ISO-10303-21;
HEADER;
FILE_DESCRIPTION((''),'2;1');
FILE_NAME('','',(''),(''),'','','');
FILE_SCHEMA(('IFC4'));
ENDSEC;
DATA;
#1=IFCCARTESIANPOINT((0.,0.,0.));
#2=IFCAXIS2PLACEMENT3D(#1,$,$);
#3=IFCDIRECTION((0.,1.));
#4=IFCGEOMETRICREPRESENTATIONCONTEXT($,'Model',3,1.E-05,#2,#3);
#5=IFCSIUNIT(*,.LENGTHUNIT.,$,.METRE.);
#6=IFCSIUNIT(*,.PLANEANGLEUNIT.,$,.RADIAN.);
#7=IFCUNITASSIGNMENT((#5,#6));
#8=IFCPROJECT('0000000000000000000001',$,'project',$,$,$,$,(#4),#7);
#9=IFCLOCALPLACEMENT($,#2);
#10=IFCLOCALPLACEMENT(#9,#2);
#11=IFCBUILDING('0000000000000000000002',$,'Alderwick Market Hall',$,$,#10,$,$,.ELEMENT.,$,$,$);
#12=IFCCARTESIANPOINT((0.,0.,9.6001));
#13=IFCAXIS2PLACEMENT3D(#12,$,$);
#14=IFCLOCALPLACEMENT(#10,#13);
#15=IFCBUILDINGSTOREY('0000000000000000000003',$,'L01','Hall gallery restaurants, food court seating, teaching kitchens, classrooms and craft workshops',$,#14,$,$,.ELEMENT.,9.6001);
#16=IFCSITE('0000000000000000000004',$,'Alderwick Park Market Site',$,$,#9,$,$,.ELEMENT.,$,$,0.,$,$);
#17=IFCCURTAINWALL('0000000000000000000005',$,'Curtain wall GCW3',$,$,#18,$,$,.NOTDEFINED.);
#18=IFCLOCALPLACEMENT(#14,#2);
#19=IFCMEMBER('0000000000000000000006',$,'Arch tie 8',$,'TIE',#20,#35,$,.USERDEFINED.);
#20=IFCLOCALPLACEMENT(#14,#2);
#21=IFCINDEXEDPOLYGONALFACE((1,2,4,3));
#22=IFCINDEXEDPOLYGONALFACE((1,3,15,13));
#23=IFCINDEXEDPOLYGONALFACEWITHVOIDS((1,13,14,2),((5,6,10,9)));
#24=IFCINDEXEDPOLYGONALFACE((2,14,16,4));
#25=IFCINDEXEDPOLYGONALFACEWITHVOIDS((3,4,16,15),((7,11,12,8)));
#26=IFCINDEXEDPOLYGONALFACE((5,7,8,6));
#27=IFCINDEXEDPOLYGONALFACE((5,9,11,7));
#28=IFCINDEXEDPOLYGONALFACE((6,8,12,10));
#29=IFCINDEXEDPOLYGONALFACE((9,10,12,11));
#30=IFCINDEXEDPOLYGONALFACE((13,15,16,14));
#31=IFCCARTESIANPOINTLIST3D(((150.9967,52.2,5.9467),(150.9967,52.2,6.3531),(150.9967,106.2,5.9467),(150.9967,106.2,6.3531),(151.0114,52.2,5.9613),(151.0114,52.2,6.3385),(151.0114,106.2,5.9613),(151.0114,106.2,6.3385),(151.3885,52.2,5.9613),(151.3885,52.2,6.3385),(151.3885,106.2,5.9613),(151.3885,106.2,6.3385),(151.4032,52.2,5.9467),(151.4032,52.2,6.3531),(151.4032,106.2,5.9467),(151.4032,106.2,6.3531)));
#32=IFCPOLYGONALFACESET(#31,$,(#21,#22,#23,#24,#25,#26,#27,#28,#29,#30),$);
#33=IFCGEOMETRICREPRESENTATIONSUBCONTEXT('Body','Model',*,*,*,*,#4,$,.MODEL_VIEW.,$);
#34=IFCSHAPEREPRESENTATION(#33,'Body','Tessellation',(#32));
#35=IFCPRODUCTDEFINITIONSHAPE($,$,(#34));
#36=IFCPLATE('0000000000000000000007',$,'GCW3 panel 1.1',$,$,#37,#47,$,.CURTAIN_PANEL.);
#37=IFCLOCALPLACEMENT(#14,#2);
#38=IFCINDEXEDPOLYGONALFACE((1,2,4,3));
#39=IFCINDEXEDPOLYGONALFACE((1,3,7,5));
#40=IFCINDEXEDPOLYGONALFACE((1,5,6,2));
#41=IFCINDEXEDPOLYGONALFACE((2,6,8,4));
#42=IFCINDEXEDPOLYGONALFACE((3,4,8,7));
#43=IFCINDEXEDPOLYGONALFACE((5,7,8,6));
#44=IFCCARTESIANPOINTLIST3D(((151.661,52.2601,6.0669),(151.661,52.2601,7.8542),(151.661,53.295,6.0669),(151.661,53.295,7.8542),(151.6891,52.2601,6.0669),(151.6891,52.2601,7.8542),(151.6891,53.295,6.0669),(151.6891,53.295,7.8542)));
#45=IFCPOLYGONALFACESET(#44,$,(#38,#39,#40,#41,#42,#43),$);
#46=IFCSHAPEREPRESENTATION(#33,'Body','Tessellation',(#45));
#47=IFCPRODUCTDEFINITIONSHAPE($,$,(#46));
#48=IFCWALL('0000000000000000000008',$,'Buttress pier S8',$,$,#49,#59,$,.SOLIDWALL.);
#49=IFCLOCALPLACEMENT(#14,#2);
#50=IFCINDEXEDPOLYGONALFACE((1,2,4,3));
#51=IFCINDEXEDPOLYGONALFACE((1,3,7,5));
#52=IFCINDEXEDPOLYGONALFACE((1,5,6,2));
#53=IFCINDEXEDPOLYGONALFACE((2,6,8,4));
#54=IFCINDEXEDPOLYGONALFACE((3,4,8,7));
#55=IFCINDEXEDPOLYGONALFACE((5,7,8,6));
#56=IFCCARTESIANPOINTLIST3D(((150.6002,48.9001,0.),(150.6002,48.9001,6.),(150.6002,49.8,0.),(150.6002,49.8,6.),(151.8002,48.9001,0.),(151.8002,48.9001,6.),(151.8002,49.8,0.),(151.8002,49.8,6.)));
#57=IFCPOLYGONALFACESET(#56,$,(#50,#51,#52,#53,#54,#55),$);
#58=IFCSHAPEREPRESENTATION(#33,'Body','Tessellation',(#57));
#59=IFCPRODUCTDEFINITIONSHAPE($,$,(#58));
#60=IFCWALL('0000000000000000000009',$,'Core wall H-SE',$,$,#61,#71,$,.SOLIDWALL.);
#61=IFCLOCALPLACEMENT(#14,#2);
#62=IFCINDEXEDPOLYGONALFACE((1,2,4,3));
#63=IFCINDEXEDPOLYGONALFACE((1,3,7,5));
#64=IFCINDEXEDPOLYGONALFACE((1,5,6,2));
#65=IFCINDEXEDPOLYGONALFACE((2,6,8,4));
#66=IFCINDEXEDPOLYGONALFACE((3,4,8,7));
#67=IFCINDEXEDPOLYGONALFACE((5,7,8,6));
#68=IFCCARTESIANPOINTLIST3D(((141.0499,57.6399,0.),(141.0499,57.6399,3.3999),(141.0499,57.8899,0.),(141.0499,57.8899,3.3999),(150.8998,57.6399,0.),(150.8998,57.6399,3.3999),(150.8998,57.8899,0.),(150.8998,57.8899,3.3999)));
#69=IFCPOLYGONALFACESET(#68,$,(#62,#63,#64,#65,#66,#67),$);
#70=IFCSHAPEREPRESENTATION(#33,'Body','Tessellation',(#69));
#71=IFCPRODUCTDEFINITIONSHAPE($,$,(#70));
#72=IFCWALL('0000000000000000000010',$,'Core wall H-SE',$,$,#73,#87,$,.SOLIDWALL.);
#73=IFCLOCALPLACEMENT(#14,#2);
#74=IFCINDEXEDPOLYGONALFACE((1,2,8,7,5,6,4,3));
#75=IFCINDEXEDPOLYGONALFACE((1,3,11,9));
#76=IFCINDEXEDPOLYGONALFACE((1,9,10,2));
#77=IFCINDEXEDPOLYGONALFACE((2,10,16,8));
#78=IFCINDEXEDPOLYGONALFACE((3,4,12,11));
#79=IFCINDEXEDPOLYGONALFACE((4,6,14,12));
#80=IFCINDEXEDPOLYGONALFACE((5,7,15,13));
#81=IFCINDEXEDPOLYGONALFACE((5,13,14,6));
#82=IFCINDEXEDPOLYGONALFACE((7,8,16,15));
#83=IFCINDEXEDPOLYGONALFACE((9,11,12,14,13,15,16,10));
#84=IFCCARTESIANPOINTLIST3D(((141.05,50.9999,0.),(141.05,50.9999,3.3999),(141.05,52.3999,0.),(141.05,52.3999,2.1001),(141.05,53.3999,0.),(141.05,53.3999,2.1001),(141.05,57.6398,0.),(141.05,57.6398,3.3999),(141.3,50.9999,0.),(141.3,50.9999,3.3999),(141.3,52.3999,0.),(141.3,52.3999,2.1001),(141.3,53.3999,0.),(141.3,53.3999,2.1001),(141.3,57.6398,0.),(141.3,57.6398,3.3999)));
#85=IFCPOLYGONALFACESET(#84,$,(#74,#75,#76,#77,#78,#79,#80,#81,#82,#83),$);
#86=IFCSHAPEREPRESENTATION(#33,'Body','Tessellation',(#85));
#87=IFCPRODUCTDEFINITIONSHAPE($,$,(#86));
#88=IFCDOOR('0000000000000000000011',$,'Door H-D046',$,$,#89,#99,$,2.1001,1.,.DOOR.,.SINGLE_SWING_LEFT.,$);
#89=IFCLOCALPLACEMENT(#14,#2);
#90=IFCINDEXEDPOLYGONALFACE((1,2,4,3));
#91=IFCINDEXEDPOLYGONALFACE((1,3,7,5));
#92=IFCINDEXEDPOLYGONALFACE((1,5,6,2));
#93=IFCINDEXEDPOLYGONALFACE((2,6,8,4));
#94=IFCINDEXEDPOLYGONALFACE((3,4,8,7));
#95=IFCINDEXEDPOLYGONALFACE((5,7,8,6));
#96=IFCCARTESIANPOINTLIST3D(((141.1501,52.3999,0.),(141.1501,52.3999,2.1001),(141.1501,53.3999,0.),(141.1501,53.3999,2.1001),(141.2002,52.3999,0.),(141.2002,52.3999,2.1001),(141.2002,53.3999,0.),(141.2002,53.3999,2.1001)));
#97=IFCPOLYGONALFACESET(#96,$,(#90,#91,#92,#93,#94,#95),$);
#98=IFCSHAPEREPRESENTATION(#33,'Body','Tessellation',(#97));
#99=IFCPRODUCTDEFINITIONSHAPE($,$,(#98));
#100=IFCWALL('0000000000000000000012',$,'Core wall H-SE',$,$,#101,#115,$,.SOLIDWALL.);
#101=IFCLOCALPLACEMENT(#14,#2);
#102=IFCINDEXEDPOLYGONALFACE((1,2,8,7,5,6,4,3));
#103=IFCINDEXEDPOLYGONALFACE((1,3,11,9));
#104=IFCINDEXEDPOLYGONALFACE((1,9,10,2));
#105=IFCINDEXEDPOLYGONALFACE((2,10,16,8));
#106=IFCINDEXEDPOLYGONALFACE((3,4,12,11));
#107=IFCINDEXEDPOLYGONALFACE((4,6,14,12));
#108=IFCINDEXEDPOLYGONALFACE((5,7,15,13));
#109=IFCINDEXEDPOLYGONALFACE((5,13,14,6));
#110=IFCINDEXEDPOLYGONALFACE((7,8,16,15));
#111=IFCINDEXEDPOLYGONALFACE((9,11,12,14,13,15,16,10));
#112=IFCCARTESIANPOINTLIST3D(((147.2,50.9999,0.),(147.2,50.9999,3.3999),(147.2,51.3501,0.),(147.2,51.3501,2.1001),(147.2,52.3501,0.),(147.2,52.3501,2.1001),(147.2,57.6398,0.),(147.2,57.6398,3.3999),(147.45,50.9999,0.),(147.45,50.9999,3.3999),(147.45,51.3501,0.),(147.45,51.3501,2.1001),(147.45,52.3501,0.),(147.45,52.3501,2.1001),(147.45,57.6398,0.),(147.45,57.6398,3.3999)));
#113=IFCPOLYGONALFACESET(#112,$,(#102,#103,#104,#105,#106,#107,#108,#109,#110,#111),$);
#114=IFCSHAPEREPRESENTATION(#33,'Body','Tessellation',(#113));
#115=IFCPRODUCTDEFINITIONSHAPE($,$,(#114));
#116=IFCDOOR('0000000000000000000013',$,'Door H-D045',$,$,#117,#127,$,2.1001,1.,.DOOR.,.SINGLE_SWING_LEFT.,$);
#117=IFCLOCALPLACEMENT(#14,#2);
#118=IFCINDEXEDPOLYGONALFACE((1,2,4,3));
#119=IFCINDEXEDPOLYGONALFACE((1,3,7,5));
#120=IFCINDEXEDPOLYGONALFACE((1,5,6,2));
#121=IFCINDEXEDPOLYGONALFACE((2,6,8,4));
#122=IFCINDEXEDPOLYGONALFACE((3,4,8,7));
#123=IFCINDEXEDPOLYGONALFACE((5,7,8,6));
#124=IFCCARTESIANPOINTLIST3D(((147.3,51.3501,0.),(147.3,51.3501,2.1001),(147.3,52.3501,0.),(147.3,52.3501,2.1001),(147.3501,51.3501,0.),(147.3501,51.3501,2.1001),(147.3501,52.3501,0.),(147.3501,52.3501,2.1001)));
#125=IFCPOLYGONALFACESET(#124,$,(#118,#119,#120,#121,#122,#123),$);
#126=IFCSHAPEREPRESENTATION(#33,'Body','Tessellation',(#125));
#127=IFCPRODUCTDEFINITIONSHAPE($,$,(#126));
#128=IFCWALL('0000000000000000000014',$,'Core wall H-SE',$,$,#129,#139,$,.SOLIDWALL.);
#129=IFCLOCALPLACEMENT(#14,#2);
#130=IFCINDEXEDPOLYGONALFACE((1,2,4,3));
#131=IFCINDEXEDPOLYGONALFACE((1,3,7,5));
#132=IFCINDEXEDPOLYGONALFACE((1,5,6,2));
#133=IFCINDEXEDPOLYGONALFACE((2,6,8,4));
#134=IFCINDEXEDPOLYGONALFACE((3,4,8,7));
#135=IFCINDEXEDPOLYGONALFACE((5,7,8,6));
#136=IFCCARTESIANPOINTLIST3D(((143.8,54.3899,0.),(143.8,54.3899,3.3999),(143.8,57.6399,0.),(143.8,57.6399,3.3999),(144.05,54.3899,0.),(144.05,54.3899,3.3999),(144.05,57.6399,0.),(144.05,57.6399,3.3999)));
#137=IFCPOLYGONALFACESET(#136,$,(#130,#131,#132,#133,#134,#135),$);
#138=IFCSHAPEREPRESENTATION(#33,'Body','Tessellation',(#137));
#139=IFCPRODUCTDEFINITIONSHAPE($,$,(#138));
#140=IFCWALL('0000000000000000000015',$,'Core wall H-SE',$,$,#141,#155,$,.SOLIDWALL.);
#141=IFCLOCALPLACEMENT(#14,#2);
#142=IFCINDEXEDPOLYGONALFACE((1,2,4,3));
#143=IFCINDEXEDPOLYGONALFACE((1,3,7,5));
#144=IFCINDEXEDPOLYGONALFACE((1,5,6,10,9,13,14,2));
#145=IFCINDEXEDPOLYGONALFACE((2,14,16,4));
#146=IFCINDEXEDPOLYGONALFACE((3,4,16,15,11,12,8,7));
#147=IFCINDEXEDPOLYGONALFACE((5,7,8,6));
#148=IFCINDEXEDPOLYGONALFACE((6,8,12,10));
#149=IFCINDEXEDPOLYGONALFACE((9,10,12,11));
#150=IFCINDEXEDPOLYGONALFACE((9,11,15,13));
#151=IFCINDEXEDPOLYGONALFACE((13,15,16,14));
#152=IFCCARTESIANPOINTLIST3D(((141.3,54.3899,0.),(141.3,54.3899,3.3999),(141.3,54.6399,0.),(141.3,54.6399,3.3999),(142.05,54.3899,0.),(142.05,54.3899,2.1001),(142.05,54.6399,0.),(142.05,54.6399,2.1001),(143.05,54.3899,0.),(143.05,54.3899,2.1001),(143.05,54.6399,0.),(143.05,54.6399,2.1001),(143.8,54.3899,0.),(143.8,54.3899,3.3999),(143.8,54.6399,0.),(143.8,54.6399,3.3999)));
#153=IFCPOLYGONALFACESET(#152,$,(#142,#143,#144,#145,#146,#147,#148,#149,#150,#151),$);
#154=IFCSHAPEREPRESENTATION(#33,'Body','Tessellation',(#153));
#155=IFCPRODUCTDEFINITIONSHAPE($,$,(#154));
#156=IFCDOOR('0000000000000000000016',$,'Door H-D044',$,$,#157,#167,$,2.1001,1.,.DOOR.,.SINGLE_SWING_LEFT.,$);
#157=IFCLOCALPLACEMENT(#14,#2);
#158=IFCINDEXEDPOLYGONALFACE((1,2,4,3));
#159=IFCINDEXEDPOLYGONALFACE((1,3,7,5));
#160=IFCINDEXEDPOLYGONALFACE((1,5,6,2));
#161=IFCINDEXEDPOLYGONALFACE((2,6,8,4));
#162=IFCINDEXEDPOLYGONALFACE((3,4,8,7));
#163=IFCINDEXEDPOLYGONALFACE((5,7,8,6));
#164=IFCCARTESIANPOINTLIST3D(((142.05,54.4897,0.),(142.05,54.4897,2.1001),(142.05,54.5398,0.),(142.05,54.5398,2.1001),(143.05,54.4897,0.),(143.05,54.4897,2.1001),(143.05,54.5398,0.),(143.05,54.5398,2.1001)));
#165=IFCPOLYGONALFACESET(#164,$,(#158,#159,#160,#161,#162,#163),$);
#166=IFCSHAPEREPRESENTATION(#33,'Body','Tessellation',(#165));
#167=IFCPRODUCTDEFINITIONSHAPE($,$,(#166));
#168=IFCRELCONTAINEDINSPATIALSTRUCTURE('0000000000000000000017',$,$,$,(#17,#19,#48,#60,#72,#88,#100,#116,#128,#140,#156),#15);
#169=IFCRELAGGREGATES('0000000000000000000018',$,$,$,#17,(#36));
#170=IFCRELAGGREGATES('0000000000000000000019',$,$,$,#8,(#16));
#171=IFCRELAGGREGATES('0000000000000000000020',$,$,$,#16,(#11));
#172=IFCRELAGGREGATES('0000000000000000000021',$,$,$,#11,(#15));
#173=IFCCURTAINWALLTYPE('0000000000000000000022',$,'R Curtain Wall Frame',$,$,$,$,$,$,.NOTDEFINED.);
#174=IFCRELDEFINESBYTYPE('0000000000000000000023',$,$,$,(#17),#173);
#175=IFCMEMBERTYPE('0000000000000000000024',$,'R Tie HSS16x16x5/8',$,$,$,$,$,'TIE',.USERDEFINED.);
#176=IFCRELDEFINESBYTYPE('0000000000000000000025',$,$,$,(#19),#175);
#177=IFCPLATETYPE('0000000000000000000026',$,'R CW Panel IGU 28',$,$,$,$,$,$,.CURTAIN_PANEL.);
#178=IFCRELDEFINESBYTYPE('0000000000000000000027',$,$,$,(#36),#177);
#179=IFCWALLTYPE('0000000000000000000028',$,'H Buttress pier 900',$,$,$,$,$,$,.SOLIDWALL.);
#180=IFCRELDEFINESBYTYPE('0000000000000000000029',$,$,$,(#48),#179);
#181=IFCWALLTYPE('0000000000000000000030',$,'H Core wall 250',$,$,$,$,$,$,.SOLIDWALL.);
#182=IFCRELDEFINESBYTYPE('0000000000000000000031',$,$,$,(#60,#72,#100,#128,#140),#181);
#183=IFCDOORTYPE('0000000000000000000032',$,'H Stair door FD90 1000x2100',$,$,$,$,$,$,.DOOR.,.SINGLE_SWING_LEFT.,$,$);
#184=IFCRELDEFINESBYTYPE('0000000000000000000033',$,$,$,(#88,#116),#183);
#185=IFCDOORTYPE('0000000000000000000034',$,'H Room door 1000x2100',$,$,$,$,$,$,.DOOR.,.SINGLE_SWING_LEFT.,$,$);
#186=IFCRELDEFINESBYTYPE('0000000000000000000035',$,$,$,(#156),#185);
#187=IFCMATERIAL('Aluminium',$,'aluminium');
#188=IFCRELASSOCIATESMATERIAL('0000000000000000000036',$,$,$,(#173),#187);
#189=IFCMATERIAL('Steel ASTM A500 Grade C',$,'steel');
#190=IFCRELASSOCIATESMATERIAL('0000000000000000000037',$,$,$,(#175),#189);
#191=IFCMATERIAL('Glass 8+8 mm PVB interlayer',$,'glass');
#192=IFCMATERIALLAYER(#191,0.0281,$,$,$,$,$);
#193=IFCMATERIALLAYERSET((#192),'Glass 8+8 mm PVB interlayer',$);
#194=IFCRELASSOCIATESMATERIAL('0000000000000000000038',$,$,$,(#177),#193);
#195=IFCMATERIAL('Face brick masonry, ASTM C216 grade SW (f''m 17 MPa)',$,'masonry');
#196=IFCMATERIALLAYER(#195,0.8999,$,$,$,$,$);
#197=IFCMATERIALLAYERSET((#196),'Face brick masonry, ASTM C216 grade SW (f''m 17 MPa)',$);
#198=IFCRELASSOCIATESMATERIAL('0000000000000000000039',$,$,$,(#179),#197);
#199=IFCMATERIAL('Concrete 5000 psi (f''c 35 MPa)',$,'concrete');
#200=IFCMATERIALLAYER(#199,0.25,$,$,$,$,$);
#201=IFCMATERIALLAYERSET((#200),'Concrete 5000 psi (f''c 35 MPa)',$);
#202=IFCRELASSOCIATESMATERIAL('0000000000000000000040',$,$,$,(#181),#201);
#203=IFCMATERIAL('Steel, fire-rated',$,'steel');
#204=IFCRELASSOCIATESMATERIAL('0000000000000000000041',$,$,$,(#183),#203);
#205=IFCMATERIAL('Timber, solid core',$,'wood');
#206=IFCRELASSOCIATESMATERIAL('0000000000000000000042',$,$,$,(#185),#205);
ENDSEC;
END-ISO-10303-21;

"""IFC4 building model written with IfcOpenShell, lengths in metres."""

from ifc_helpers import new_model, si_unit, direction, frame, frame_2d, origin, origin_2d, place, context, subcontext, project, spatial, rectangle, hollow_rectangle, extrude, material, layer, layer_set, material_profile, profile_set, type_object, element, fill, aggregate, save


model = new_model("IFC4")

# Units and contexts
model_context = context("Model", 3, precision=1e-05, world=origin(), true_north=direction((0.0, 1.0)))
body_context = subcontext(model_context, "Body", "Model", "MODEL_VIEW")
ifc_project = project(units=[si_unit("LENGTHUNIT", "METRE"), si_unit("PLANEANGLEUNIT", "RADIAN")], contexts=[model_context])

# Site, building, storey
site_placement = place(None, origin())
site = spatial("IfcSite", under=ifc_project, at=site_placement, Name="Alderwick Park Market Site", CompositionType="ELEMENT", RefElevation=0.0)
building_placement = place(site_placement, origin())
building = spatial("IfcBuilding", under=site, at=building_placement, Name="Alderwick Market Hall", CompositionType="ELEMENT")
storey_placement = place(building_placement, frame((0.0, 0.0, 9.6001)))
storey = spatial("IfcBuildingStorey", under=building, at=storey_placement, Name="L01", Description="Hall gallery restaurants, food court seating, teaching kitchens, classrooms and craft workshops", CompositionType="ELEMENT", Elevation=9.6001)

# Shared definitions
ifc_material_1 = material(Name="Concrete 5000 psi (f'c 35 MPa)", Category="concrete")

# Curtain wall
ifc_material_2 = material(Name="Aluminium", Category="aluminium")
curtain_wall_type = type_object("IfcCurtainWallType", Name="R Curtain Wall Frame", PredefinedType="NOTDEFINED", material=ifc_material_2)
curtain_wall_placement = place(storey_placement, origin())
curtain_wall = element("IfcCurtainWall", 1, at=curtain_wall_placement, inside=storey, type_object=curtain_wall_type, Name="Curtain wall GCW3", PredefinedType="NOTDEFINED")

# Member
ifc_material_3 = material(Name="Steel ASTM A500 Grade C", Category="steel")
ifc_material_profile_1 = material_profile(ifc_material_3, hollow_rectangle(XDim=0.4065, YDim=0.4065, WallThickness=0.0146, at=origin_2d()), Name="HSS16x16x5/8")
ifc_profile_set_1 = profile_set([ifc_material_profile_1], Name="Steel ASTM A500 Grade C")
member_type_1 = type_object("IfcMemberType", Name="R Tie HSS16x16x5/8", ElementType="TIE", PredefinedType="USERDEFINED", material=ifc_profile_set_1)
member_1_placement = place(storey_placement, frame((151.2, 52.2, 6.1499), z_axis=(0.0, 1.0, 0.0), x_axis=(-1.0, 0.0, 0.0)))
element("IfcMember", 2, at=member_1_placement, inside=storey, type_object=member_type_1, Name="Arch tie 8", ObjectType="TIE", PredefinedType="USERDEFINED", context=body_context, shape_type="SweptSolid", body=[
    extrude(hollow_rectangle(XDim=0.4065, YDim=0.4065, WallThickness=0.0146, at=origin_2d()), origin(), (0.0, 0.0, 1.0), 54.0),
])

# Plate
ifc_material_4 = material(Name="Glass 8+8 mm PVB interlayer", Category="glass")
ifc_layer_1 = layer(ifc_material_4, 0.0281)
ifc_layer_set_1 = layer_set([ifc_layer_1], Name="Glass 8+8 mm PVB interlayer")
plate_type = type_object("IfcPlateType", Name="R CW Panel IGU 28", PredefinedType="CURTAIN_PANEL", material=ifc_layer_set_1)
plate_placement = place(storey_placement, frame((151.675, 52.7776, 6.0669), z_axis=(0.0, 0.0, 1.0), x_axis=(1.0, 0.0, 0.0)))
plate = element("IfcPlate", 3, at=plate_placement, type_object=plate_type, Name="GCW3 panel 1.1", PredefinedType="CURTAIN_PANEL", context=body_context, shape_type="SweptSolid", body=[
    extrude(rectangle(XDim=0.0281, YDim=1.0349, at=origin_2d()), origin(), (0.0, 0.0, 1.0), 1.7874),
])
aggregate(curtain_wall, [plate])

# Walls
ifc_material_5 = material(Name="Face brick masonry, ASTM C216 grade SW (f'm 17 MPa)", Category="masonry")
ifc_layer_2 = layer(ifc_material_5, 0.8999)
ifc_layer_set_2 = layer_set([ifc_layer_2], Name="Face brick masonry, ASTM C216 grade SW (f'm 17 MPa)")
wall_type_1 = type_object("IfcWallType", Name="H Buttress pier 900", PredefinedType="SOLIDWALL", material=ifc_layer_set_2)
wall_1_placement = place(storey_placement, frame((150.6001, 49.3501, 0.0), z_axis=(0.0, 0.0, 1.0), x_axis=(1.0, 0.0, 0.0)))
element("IfcWall", 4, at=wall_1_placement, inside=storey, type_object=wall_type_1, Name="Buttress pier S8", PredefinedType="SOLIDWALL", context=body_context, shape_type="SweptSolid", body=[
    extrude(rectangle(XDim=1.2, YDim=0.8999, at=frame_2d((0.6001, 0.0))), origin(), (0.0, 0.0, 1.0), 6.0),
])
ifc_layer_3 = layer(ifc_material_1, 0.25)
ifc_layer_set_3 = layer_set([ifc_layer_3], Name="Concrete 5000 psi (f'c 35 MPa)")
wall_type_2 = type_object("IfcWallType", Name="H Core wall 250", PredefinedType="SOLIDWALL", material=ifc_layer_set_3)
wall_2_placement = place(storey_placement, frame((141.05, 57.7649, 0.0), z_axis=(0.0, 0.0, 1.0), x_axis=(1.0, 0.0, 0.0)))
element("IfcWall", 5, at=wall_2_placement, inside=storey, type_object=wall_type_2, Name="Core wall H-SE", PredefinedType="SOLIDWALL", context=body_context, shape_type="SweptSolid", body=[
    extrude(rectangle(XDim=9.8499, YDim=0.25, at=frame_2d((4.9248, 0.0))), origin(), (0.0, 0.0, 1.0), 3.3999),
])

# Walls, openings, doors
wall_3_placement = place(storey_placement, frame((141.175, 51.0, 0.0), z_axis=(0.0, 0.0, 1.0), x_axis=(0.0, 1.0, 0.0)))
wall_3 = element("IfcWall", 6, at=wall_3_placement, inside=storey, type_object=wall_type_2, Name="Core wall H-SE", PredefinedType="SOLIDWALL", context=body_context, shape_type="SweptSolid", body=[
    extrude(rectangle(XDim=6.6399, YDim=0.25, at=frame_2d((3.3198, 0.0))), origin(), (0.0, 0.0, 1.0), 3.3999),
])
opening_1_placement = place(wall_3_placement, frame((1.3999, 0.0, 0.0)))
opening_1 = element("IfcOpeningElement", 7, at=opening_1_placement, cuts=wall_3, PredefinedType="OPENING", context=body_context, shape_type="SweptSolid", body=[
    extrude(rectangle(XDim=1.0, YDim=2.1001, at=frame_2d((0.5, 1.05))), frame((0.0, 0.135, 0.0), z_axis=(0.0, -1.0, 0.0), x_axis=(1.0, 0.0, 0.0)), (0.0, 0.0, 1.0), 0.27),
])
ifc_material_6 = material(Name="Steel, fire-rated", Category="steel")
door_type_1 = type_object("IfcDoorType", Name="H Stair door FD90 1000x2100", OperationType="SINGLE_SWING_LEFT", PredefinedType="DOOR", material=ifc_material_6)
door_1_placement = place(opening_1_placement, origin())
door_1 = element("IfcDoor", 8, at=door_1_placement, inside=storey, type_object=door_type_1, Name="Door H-D046", OperationType="SINGLE_SWING_LEFT", OverallHeight=2.1001, OverallWidth=1.0, PredefinedType="DOOR", context=body_context, shape_type="SweptSolid", body=[
    extrude(rectangle(XDim=1.0, YDim=2.1001, at=frame_2d((0.5, 1.05))), frame((0.0, 0.0249, 0.0), z_axis=(0.0, -1.0, 0.0), x_axis=(1.0, 0.0, 0.0)), (0.0, 0.0, 1.0), 0.05),
])
fill(opening_1, door_1)
wall_4_placement = place(storey_placement, frame((147.325, 51.0, 0.0), z_axis=(0.0, 0.0, 1.0), x_axis=(0.0, 1.0, 0.0)))
wall_4 = element("IfcWall", 9, at=wall_4_placement, inside=storey, type_object=wall_type_2, Name="Core wall H-SE", PredefinedType="SOLIDWALL", context=body_context, shape_type="SweptSolid", body=[
    extrude(rectangle(XDim=6.6399, YDim=0.25, at=frame_2d((3.3198, 0.0))), origin(), (0.0, 0.0, 1.0), 3.3999),
])
opening_2_placement = place(wall_4_placement, frame((0.3501, 0.0, 0.0)))
opening_2 = element("IfcOpeningElement", 10, at=opening_2_placement, cuts=wall_4, PredefinedType="OPENING", context=body_context, shape_type="SweptSolid", body=[
    extrude(rectangle(XDim=1.0, YDim=2.1001, at=frame_2d((0.5, 1.05))), frame((0.0, 0.135, 0.0), z_axis=(0.0, -1.0, 0.0), x_axis=(1.0, 0.0, 0.0)), (0.0, 0.0, 1.0), 0.27),
])
door_2_placement = place(opening_2_placement, origin())
door_2 = element("IfcDoor", 11, at=door_2_placement, inside=storey, type_object=door_type_1, Name="Door H-D045", OperationType="SINGLE_SWING_LEFT", OverallHeight=2.1001, OverallWidth=1.0, PredefinedType="DOOR", context=body_context, shape_type="SweptSolid", body=[
    extrude(rectangle(XDim=1.0, YDim=2.1001, at=frame_2d((0.5, 1.05))), frame((0.0, 0.0249, 0.0), z_axis=(0.0, -1.0, 0.0), x_axis=(1.0, 0.0, 0.0)), (0.0, 0.0, 1.0), 0.05),
])
fill(opening_2, door_2)

# Wall
wall_5_placement = place(storey_placement, frame((143.925, 54.3899, 0.0), z_axis=(0.0, 0.0, 1.0), x_axis=(0.0, 1.0, 0.0)))
element("IfcWall", 12, at=wall_5_placement, inside=storey, type_object=wall_type_2, Name="Core wall H-SE", PredefinedType="SOLIDWALL", context=body_context, shape_type="SweptSolid", body=[
    extrude(rectangle(XDim=3.25, YDim=0.25, at=frame_2d((1.625, 0.0))), origin(), (0.0, 0.0, 1.0), 3.3999),
])

# Wall, opening, door
wall_6_placement = place(storey_placement, frame((141.3, 54.5149, 0.0), z_axis=(0.0, 0.0, 1.0), x_axis=(1.0, 0.0, 0.0)))
wall_6 = element("IfcWall", 13, at=wall_6_placement, inside=storey, type_object=wall_type_2, Name="Core wall H-SE", PredefinedType="SOLIDWALL", context=body_context, shape_type="SweptSolid", body=[
    extrude(rectangle(XDim=2.5, YDim=0.25, at=frame_2d((1.25, 0.0))), origin(), (0.0, 0.0, 1.0), 3.3999),
])
opening_3_placement = place(wall_6_placement, frame((0.75, 0.0, 0.0)))
opening_3 = element("IfcOpeningElement", 14, at=opening_3_placement, cuts=wall_6, PredefinedType="OPENING", context=body_context, shape_type="SweptSolid", body=[
    extrude(rectangle(XDim=1.0, YDim=2.1001, at=frame_2d((0.5, 1.05))), frame((0.0, 0.135, 0.0), z_axis=(0.0, -1.0, 0.0), x_axis=(1.0, 0.0, 0.0)), (0.0, 0.0, 1.0), 0.27),
])
ifc_material_7 = material(Name="Timber, solid core", Category="wood")
door_type_2 = type_object("IfcDoorType", Name="H Room door 1000x2100", OperationType="SINGLE_SWING_LEFT", PredefinedType="DOOR", material=ifc_material_7)
door_3_placement = place(opening_3_placement, origin())
door_3 = element("IfcDoor", 15, at=door_3_placement, inside=storey, type_object=door_type_2, Name="Door H-D044", OperationType="SINGLE_SWING_LEFT", OverallHeight=2.1001, OverallWidth=1.0, PredefinedType="DOOR", context=body_context, shape_type="SweptSolid", body=[
    extrude(rectangle(XDim=1.0, YDim=2.1001, at=frame_2d((0.5, 1.05))), frame((0.0, 0.0249, 0.0), z_axis=(0.0, -1.0, 0.0), x_axis=(1.0, 0.0, 0.0)), (0.0, 0.0, 1.0), 0.05),
])
fill(opening_3, door_3)

save(model, "model.ifc")
